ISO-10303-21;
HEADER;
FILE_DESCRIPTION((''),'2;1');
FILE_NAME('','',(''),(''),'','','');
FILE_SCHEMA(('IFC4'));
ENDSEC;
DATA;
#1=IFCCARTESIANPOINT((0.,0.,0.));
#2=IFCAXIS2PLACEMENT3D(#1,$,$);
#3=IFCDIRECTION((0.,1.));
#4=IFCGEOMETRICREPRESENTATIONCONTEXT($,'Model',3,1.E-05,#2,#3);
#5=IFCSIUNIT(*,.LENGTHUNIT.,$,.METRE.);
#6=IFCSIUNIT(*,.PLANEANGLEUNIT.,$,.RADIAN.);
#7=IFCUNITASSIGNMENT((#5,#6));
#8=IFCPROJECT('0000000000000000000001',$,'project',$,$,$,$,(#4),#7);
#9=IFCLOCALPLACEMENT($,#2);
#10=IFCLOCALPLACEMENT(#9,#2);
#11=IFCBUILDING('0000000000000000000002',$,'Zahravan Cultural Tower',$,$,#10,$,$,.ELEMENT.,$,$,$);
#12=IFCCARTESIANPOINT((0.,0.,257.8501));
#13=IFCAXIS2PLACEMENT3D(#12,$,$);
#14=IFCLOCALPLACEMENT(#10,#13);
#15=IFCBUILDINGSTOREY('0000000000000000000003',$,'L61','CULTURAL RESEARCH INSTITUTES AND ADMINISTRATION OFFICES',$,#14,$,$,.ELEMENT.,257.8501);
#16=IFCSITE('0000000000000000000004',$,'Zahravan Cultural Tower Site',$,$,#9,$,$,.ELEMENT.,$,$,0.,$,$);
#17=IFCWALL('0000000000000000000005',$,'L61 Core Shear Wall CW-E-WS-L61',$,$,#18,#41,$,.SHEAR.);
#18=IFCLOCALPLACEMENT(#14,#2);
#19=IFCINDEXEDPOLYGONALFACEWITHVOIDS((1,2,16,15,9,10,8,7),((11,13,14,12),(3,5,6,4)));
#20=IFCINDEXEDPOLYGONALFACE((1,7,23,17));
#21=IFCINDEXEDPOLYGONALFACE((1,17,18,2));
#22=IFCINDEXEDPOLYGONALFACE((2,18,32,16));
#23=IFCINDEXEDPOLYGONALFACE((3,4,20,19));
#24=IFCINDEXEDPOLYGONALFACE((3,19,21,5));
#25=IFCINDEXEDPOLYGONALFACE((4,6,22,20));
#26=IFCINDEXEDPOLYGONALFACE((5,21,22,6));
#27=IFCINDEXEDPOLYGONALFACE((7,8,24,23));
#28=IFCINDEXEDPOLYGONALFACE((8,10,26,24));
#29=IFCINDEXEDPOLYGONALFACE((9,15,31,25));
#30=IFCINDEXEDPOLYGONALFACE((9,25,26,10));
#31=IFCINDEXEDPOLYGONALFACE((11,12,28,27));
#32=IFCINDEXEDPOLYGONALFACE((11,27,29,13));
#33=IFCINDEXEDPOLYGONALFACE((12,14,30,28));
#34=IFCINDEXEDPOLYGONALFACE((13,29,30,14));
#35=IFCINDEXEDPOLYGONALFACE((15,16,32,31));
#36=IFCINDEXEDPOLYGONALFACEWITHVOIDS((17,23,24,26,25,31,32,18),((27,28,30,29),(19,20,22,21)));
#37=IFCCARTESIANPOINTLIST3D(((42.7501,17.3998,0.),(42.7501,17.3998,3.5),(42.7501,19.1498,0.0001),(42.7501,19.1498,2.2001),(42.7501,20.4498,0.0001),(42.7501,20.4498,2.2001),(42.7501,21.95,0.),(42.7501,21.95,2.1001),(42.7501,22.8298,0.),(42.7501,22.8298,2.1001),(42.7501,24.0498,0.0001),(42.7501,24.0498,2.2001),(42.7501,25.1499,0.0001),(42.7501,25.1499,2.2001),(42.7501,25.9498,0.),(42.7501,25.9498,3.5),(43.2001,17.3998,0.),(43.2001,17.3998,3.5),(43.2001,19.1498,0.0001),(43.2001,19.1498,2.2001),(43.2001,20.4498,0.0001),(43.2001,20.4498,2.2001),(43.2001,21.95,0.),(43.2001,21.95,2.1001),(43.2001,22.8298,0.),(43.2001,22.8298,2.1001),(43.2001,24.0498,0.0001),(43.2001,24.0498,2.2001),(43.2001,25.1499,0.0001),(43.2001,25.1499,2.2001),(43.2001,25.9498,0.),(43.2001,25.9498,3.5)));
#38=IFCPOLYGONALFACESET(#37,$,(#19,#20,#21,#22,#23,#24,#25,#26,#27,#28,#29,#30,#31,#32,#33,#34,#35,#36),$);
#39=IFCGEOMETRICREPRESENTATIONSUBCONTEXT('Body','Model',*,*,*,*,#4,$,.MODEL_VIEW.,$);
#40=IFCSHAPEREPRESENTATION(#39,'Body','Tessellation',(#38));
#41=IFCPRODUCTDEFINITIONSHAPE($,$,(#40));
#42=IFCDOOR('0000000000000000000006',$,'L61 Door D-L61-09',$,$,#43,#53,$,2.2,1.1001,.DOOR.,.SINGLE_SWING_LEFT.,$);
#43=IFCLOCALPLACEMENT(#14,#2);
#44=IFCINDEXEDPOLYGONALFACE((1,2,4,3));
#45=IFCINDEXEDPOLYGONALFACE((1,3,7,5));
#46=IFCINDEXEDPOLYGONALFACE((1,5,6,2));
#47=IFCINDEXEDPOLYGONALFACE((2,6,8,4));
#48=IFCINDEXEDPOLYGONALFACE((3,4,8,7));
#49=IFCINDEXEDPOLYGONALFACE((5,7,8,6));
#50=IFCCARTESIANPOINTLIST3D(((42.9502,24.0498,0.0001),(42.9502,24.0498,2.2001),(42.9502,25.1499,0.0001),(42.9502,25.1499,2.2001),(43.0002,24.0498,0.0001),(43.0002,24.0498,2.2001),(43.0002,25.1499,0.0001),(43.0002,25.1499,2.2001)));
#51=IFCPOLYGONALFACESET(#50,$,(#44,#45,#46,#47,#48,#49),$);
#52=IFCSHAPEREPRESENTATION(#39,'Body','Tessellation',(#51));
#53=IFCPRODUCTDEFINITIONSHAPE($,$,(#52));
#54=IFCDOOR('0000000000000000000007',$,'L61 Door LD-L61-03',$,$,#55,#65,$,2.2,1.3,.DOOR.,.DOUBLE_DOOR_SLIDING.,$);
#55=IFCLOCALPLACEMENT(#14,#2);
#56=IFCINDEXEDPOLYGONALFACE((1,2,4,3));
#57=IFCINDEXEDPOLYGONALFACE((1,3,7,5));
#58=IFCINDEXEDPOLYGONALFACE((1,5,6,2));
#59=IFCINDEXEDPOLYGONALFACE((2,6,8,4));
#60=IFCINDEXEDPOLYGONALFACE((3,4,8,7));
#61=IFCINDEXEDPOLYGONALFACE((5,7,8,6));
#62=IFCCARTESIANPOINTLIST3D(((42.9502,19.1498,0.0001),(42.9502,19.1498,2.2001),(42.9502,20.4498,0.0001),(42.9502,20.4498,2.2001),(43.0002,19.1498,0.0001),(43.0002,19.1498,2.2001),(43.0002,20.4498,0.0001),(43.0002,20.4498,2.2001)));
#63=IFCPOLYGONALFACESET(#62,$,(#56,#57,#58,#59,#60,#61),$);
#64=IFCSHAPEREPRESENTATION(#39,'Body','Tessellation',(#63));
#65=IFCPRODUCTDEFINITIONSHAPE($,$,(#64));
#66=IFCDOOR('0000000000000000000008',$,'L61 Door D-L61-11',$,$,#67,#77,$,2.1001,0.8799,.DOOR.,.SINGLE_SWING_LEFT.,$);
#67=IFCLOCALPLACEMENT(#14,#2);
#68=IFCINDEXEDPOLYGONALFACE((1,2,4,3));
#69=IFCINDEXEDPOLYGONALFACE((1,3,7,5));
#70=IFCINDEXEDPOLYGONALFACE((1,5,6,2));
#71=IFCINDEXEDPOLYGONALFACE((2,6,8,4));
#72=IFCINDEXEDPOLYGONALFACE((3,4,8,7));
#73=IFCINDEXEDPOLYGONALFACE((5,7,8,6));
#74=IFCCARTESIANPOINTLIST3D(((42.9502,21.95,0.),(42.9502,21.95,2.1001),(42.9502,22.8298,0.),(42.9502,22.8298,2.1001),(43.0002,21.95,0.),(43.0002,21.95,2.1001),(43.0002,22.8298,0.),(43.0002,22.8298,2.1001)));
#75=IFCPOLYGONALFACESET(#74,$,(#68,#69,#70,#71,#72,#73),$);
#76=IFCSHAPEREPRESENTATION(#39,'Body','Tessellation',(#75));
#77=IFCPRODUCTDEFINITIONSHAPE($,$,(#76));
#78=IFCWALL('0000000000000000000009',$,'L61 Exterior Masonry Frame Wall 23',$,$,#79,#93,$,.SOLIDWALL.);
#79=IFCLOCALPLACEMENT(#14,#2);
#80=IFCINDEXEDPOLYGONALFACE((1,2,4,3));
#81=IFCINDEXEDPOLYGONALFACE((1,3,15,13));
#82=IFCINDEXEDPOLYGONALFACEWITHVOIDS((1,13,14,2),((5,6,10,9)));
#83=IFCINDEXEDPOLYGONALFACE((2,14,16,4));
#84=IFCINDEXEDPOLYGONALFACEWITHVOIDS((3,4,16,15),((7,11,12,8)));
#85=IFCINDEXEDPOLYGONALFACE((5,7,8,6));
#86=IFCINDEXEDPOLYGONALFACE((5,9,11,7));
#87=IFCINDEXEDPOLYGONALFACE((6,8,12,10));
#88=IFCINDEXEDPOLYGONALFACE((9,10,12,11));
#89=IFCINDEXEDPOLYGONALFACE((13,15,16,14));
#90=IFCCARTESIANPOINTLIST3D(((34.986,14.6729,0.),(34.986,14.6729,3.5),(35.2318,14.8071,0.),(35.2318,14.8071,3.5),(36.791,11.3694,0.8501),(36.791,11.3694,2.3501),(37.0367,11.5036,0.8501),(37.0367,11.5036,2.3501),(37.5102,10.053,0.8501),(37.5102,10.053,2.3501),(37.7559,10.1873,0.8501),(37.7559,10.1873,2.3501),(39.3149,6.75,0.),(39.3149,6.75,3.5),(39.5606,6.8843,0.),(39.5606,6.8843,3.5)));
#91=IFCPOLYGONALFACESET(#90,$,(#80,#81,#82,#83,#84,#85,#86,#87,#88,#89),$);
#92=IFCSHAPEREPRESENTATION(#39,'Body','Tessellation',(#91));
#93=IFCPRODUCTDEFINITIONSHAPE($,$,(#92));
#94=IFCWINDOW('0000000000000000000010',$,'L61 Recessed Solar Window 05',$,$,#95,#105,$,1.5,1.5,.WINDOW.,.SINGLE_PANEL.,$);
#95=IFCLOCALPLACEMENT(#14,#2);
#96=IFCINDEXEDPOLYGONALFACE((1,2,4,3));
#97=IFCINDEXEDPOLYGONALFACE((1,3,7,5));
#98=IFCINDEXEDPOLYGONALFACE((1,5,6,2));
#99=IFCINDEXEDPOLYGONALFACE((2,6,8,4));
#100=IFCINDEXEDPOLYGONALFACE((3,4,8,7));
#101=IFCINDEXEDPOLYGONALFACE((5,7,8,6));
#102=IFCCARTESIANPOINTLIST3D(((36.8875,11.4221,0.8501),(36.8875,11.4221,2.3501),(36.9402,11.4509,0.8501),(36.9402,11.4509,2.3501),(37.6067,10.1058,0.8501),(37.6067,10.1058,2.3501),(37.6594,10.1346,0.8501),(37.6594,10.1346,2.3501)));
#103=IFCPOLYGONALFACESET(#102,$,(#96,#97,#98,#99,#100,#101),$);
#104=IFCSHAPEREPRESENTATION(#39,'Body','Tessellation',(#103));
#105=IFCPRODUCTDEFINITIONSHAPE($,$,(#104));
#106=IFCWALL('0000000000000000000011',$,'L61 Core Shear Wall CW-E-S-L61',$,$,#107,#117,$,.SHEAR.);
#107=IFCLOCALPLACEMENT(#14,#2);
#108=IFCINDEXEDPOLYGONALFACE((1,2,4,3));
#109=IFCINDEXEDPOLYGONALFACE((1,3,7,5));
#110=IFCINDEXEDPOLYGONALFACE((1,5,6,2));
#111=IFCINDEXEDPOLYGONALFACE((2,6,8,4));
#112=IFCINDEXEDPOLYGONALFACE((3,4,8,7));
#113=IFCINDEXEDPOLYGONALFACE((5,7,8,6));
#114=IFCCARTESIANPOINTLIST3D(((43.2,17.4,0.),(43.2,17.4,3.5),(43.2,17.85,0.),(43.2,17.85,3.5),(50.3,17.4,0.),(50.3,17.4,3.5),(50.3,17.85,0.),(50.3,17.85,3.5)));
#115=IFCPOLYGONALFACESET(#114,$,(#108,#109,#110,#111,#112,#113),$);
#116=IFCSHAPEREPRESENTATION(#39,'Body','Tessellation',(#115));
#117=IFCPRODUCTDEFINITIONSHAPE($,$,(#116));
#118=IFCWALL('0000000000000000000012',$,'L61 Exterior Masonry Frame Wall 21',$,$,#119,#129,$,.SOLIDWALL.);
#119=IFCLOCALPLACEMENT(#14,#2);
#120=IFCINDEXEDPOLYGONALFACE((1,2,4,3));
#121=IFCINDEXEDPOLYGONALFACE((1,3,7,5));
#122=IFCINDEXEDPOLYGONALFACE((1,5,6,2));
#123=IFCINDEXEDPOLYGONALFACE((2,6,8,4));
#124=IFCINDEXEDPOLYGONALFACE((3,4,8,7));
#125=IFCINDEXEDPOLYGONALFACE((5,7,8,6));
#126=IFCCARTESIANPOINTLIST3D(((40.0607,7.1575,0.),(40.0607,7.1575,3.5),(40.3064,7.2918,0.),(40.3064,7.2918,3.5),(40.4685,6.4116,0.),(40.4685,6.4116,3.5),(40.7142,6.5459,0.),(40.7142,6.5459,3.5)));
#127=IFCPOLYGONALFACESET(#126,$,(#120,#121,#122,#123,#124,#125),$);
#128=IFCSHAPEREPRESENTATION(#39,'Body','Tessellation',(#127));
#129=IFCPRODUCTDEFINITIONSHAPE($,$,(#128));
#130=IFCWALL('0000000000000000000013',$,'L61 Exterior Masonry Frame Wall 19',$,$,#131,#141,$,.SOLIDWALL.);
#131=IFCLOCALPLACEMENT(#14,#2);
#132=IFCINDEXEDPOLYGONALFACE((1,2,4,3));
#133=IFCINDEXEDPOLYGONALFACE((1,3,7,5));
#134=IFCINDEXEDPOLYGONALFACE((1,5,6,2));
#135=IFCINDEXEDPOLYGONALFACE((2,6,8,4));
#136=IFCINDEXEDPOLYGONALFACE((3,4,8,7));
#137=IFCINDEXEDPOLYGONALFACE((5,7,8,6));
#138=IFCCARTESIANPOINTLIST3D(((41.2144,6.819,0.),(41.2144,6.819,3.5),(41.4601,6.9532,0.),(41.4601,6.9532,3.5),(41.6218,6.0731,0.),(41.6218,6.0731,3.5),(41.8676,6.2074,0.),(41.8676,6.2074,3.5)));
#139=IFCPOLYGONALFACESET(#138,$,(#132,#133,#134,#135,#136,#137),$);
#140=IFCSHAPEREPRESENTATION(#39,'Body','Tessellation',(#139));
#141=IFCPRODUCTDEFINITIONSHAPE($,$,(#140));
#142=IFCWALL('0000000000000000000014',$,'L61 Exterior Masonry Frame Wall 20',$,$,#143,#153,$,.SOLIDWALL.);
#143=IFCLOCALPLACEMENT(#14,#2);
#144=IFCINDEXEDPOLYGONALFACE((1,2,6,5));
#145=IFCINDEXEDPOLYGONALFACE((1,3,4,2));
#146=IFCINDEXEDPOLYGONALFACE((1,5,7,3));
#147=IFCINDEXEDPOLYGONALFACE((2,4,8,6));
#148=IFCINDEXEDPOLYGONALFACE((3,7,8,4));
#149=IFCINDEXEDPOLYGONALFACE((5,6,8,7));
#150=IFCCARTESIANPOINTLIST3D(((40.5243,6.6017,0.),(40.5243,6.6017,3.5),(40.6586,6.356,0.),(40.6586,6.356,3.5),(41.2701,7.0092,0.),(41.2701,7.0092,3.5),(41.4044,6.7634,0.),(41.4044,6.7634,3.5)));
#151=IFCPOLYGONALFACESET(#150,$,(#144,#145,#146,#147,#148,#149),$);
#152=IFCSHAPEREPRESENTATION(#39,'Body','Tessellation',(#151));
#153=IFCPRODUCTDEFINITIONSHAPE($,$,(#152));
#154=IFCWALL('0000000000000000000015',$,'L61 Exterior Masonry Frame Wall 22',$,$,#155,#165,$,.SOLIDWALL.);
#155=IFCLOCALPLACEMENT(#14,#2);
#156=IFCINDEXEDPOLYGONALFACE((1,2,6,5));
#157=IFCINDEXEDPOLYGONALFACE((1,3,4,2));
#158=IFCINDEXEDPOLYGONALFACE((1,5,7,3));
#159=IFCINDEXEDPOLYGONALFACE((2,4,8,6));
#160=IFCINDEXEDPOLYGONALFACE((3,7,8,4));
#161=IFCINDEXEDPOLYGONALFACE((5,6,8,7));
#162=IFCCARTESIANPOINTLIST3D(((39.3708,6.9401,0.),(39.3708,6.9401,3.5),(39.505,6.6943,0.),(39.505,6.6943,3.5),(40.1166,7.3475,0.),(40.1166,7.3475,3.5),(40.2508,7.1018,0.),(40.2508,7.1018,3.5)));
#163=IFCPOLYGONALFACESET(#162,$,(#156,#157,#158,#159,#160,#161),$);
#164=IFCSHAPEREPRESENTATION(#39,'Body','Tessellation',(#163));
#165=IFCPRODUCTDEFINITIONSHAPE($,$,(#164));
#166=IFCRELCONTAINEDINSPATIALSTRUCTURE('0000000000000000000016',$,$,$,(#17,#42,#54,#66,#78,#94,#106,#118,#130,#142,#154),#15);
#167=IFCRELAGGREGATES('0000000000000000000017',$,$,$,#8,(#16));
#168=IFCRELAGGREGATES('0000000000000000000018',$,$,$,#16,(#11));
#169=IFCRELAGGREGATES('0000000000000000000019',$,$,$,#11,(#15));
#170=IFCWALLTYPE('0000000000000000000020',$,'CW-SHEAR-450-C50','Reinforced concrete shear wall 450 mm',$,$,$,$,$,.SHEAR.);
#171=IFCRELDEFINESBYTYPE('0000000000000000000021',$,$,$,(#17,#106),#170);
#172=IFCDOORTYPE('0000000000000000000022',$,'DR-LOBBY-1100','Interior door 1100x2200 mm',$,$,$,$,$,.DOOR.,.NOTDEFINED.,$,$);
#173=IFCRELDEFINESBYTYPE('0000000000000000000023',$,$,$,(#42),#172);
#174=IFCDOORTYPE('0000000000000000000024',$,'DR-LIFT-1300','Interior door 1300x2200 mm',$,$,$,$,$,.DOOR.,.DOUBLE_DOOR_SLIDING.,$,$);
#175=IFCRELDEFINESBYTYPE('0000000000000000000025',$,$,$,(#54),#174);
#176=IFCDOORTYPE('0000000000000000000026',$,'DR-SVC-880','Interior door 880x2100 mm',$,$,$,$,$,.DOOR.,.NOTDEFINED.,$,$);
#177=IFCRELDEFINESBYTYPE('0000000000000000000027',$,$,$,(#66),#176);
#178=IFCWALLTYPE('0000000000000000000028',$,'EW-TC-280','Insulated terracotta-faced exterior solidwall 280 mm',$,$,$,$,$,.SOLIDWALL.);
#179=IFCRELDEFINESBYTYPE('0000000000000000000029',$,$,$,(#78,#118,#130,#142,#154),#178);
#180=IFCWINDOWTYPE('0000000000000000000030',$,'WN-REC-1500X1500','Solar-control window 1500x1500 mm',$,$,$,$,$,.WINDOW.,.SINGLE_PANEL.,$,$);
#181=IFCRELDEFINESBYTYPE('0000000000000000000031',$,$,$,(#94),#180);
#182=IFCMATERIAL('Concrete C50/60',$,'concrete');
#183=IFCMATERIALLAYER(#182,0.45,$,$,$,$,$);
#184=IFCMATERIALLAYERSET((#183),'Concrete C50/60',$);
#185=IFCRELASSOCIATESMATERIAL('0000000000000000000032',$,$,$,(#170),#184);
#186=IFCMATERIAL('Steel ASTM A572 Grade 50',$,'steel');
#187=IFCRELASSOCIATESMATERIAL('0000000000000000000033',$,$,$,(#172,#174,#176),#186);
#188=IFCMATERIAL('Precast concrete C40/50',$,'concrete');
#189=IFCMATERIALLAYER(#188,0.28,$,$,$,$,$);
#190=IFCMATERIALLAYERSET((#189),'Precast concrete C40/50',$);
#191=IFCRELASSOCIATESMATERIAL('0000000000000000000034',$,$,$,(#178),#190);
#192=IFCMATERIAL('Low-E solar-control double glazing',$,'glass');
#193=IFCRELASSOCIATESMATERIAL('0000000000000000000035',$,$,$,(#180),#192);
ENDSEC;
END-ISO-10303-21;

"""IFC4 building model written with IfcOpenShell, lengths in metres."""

from ifc_helpers import new_model, si_unit, direction, frame, frame_2d, origin, place, context, subcontext, project, spatial, rectangle, extrude, source, transform, mapped, material, layer, layer_set, type_object, element, fill, save


model = new_model("IFC4")

# Units and contexts
model_context = context("Model", 3, precision=1e-05, world=origin(), true_north=direction((0.0, 1.0)))
body_context = subcontext(model_context, "Body", "Model", "MODEL_VIEW")
ifc_project = project(units=[si_unit("LENGTHUNIT", "METRE"), si_unit("PLANEANGLEUNIT", "RADIAN")], contexts=[model_context])

# Site, building, storey
site_placement = place(None, origin())
site = spatial("IfcSite", under=ifc_project, at=site_placement, Name="Zahravan Cultural Tower Site", CompositionType="ELEMENT", RefElevation=0.0)
building_placement = place(site_placement, origin())
building = spatial("IfcBuilding", under=site, at=building_placement, Name="Zahravan Cultural Tower", CompositionType="ELEMENT")
storey_placement = place(building_placement, frame((0.0, 0.0, 257.8501)))
storey = spatial("IfcBuildingStorey", under=building, at=storey_placement, Name="L61", Description="CULTURAL RESEARCH INSTITUTES AND ADMINISTRATION OFFICES", CompositionType="ELEMENT", Elevation=257.8501)

# Shared definitions
ifc_material_1 = material(Name="Concrete C50/60", Category="concrete")

# Wall, openings, doors
ifc_layer_1 = layer(ifc_material_1, 0.45)
ifc_layer_set_1 = layer_set([ifc_layer_1], Name="Concrete C50/60")
wall_type_1 = type_object("IfcWallType", Name="CW-SHEAR-450-C50", Description="Reinforced concrete shear wall 450 mm", PredefinedType="SHEAR", material=ifc_layer_set_1)
wall_1_placement = place(storey_placement, frame((42.9751, 17.3999, 0.0), z_axis=(0.0, 0.0, 1.0), x_axis=(0.0, 1.0, 0.0)))
wall_1 = element("IfcWall", 1, at=wall_1_placement, inside=storey, type_object=wall_type_1, Name="L61 Core Shear Wall CW-E-WS-L61", PredefinedType="SHEAR", context=body_context, shape_type="SweptSolid", body=[
    extrude(rectangle(XDim=8.55, YDim=0.45, at=frame_2d((4.2749, 0.0))), origin(), (0.0, 0.0, 1.0), 3.5),
])
opening_1_placement = place(wall_1_placement, frame((6.6499, 0.0, 0.0)))
opening_1 = element("IfcOpeningElement", 2, at=opening_1_placement, cuts=wall_1, PredefinedType="OPENING", context=body_context, shape_type="SweptSolid", body=[
    extrude(rectangle(XDim=1.1001, YDim=2.2, at=frame_2d((0.55, 1.1001))), frame((0.0, 0.2349, 0.0), z_axis=(0.0, -1.0, 0.0), x_axis=(1.0, 0.0, 0.0)), (0.0, 0.0, 1.0), 0.47),
])
opening_2_placement = place(wall_1_placement, frame((1.75, 0.0, 0.0)))
opening_2 = element("IfcOpeningElement", 3, at=opening_2_placement, cuts=wall_1, PredefinedType="OPENING", context=body_context, shape_type="SweptSolid", body=[
    extrude(rectangle(XDim=1.3, YDim=2.2, at=frame_2d((0.6499, 1.1001))), frame((0.0, 0.2349, 0.0), z_axis=(0.0, -1.0, 0.0), x_axis=(1.0, 0.0, 0.0)), (0.0, 0.0, 1.0), 0.47),
])
opening_3_placement = place(wall_1_placement, frame((4.55, 0.0, 0.0)))
opening_3 = element("IfcOpeningElement", 4, at=opening_3_placement, cuts=wall_1, PredefinedType="OPENING", context=body_context, shape_type="SweptSolid", body=[
    extrude(rectangle(XDim=0.8799, YDim=2.1001, at=frame_2d((0.4399, 1.05))), frame((0.0, 0.2349, 0.0), z_axis=(0.0, -1.0, 0.0), x_axis=(1.0, 0.0, 0.0)), (0.0, 0.0, 1.0), 0.47),
])
ifc_material_2 = material(Name="Steel ASTM A572 Grade 50", Category="steel")
door_type_1 = type_object("IfcDoorType", Name="DR-LOBBY-1100", Description="Interior door 1100x2200 mm", OperationType="NOTDEFINED", PredefinedType="DOOR", material=ifc_material_2)
shared_shape_1 = source(origin(), body_context, "Body", "SweptSolid", [
    extrude(rectangle(XDim=1.1001, YDim=2.2, at=frame_2d((0.55, 1.1001))), frame((0.0, 0.0249, 0.0), z_axis=(0.0, -1.0, 0.0), x_axis=(1.0, 0.0, 0.0)), (0.0, 0.0, 1.0), 0.05),
])
door_1_placement = place(opening_1_placement, origin())
door_1 = element("IfcDoor", 5, at=door_1_placement, inside=storey, type_object=door_type_1, Name="L61 Door D-L61-09", OperationType="SINGLE_SWING_LEFT", OverallHeight=2.2, OverallWidth=1.1001, PredefinedType="DOOR", context=body_context, shape_type="MappedRepresentation", body=[
    mapped(shared_shape_1, transform((0.0, 0.0, 0.0), x_axis=(1.0, 0.0, 0.0), y_axis=(0.0, 1.0, 0.0), z_axis=(0.0, 0.0, 1.0), scale=1.0)),
])
fill(opening_1, door_1)
door_type_2 = type_object("IfcDoorType", Name="DR-LIFT-1300", Description="Interior door 1300x2200 mm", OperationType="DOUBLE_DOOR_SLIDING", PredefinedType="DOOR", material=ifc_material_2)
shared_shape_2 = source(origin(), body_context, "Body", "SweptSolid", [
    extrude(rectangle(XDim=1.3, YDim=2.2, at=frame_2d((0.6499, 1.1001))), frame((0.0, 0.0249, 0.0), z_axis=(0.0, -1.0, 0.0), x_axis=(1.0, 0.0, 0.0)), (0.0, 0.0, 1.0), 0.05),
])
door_2_placement = place(opening_2_placement, origin())
door_2 = element("IfcDoor", 6, at=door_2_placement, inside=storey, type_object=door_type_2, Name="L61 Door LD-L61-03", OperationType="DOUBLE_DOOR_SLIDING", OverallHeight=2.2, OverallWidth=1.3, PredefinedType="DOOR", context=body_context, shape_type="MappedRepresentation", body=[
    mapped(shared_shape_2, transform((0.0, 0.0, 0.0), x_axis=(1.0, 0.0, 0.0), y_axis=(0.0, 1.0, 0.0), z_axis=(0.0, 0.0, 1.0), scale=1.0)),
])
fill(opening_2, door_2)
door_type_3 = type_object("IfcDoorType", Name="DR-SVC-880", Description="Interior door 880x2100 mm", OperationType="NOTDEFINED", PredefinedType="DOOR", material=ifc_material_2)
shared_shape_3 = source(origin(), body_context, "Body", "SweptSolid", [
    extrude(rectangle(XDim=0.8799, YDim=2.1001, at=frame_2d((0.4399, 1.05))), frame((0.0, 0.0249, 0.0), z_axis=(0.0, -1.0, 0.0), x_axis=(1.0, 0.0, 0.0)), (0.0, 0.0, 1.0), 0.05),
])
door_3_placement = place(opening_3_placement, origin())
door_3 = element("IfcDoor", 7, at=door_3_placement, inside=storey, type_object=door_type_3, Name="L61 Door D-L61-11", OperationType="SINGLE_SWING_LEFT", OverallHeight=2.1001, OverallWidth=0.8799, PredefinedType="DOOR", context=body_context, shape_type="MappedRepresentation", body=[
    mapped(shared_shape_3, transform((0.0, 0.0, 0.0), x_axis=(1.0, 0.0, 0.0), y_axis=(0.0, 1.0, 0.0), z_axis=(0.0, 0.0, 1.0), scale=1.0)),
])
fill(opening_3, door_3)

# Wall, opening, window
ifc_material_3 = material(Name="Precast concrete C40/50", Category="concrete")
ifc_layer_2 = layer(ifc_material_3, 0.28)
ifc_layer_set_2 = layer_set([ifc_layer_2], Name="Precast concrete C40/50")
wall_type_2 = type_object("IfcWallType", Name="EW-TC-280", Description="Insulated terracotta-faced exterior solidwall 280 mm", PredefinedType="SOLIDWALL", material=ifc_layer_set_2)
wall_2_placement = place(storey_placement, frame((39.4377, 6.8171, 0.0), z_axis=(0.0, 0.0, 1.0), x_axis=(-0.479475, 0.877555, 0.0)))
wall_2 = element("IfcWall", 8, at=wall_2_placement, inside=storey, type_object=wall_type_2, Name="L61 Exterior Masonry Frame Wall 23", PredefinedType="SOLIDWALL", context=body_context, shape_type="SweptSolid", body=[
    extrude(rectangle(XDim=9.0283, YDim=0.28, at=frame_2d((4.5142, 0.0))), origin(), (0.0, 0.0, 1.0), 3.5),
])
opening_4_placement = place(wall_2_placement, frame((3.7639, 0.0, 0.8501)))
opening_4 = element("IfcOpeningElement", 9, at=opening_4_placement, cuts=wall_2, PredefinedType="OPENING", context=body_context, shape_type="SweptSolid", body=[
    extrude(rectangle(XDim=1.5, YDim=1.5, at=frame_2d((0.75, 0.75))), frame((0.0, 0.1499, 0.0), z_axis=(0.0, -1.0, 0.0), x_axis=(1.0, 0.0, 0.0)), (0.0, 0.0, 1.0), 0.3),
])
ifc_material_4 = material(Name="Low-E solar-control double glazing", Category="glass")
window_type = type_object("IfcWindowType", Name="WN-REC-1500X1500", Description="Solar-control window 1500x1500 mm", PartitioningType="SINGLE_PANEL", PredefinedType="WINDOW", material=ifc_material_4)
shared_shape_4 = source(origin(), body_context, "Body", "SweptSolid", [
    extrude(rectangle(XDim=1.5, YDim=1.5, at=frame_2d((0.75, 0.75))), frame((0.0, 0.03, 0.0), z_axis=(0.0, -1.0, 0.0), x_axis=(1.0, 0.0, 0.0)), (0.0, 0.0, 1.0), 0.0601),
])
window_placement = place(opening_4_placement, origin())
window = element("IfcWindow", 10, at=window_placement, inside=storey, type_object=window_type, Name="L61 Recessed Solar Window 05", OverallHeight=1.5, OverallWidth=1.5, PartitioningType="SINGLE_PANEL", PredefinedType="WINDOW", context=body_context, shape_type="MappedRepresentation", body=[
    mapped(shared_shape_4, transform((0.0, 0.0, 0.0), x_axis=(1.0, 0.0, 0.0), y_axis=(0.0, 1.0, 0.0), z_axis=(0.0, 0.0, 1.0), scale=1.0)),
])
fill(opening_4, window)

# Walls
shared_shape_5 = source(origin(), body_context, "Body", "SweptSolid", [
    extrude(rectangle(XDim=7.1001, YDim=0.45, at=frame_2d((3.55, 0.0))), origin(), (0.0, 0.0, 1.0), 3.5),
])
wall_3_placement = place(storey_placement, frame((43.2, 17.625, 0.0), z_axis=(0.0, 0.0, 1.0), x_axis=(1.0, 0.0, 0.0)))
element("IfcWall", 11, at=wall_3_placement, inside=storey, type_object=wall_type_1, Name="L61 Core Shear Wall CW-E-S-L61", PredefinedType="SHEAR", context=body_context, shape_type="MappedRepresentation", body=[
    mapped(shared_shape_5, transform((0.0, 0.0, 0.0), x_axis=(1.0, 0.0, 0.0), y_axis=(0.0, 1.0, 0.0), z_axis=(0.0, 0.0, 1.0), scale=1.0)),
])
shared_shape_6 = source(origin(), body_context, "Body", "SweptSolid", [
    extrude(rectangle(XDim=0.8501, YDim=0.28, at=frame_2d((0.425, 0.0))), origin(), (0.0, 0.0, 1.0), 3.5),
])
wall_4_placement = place(storey_placement, frame((40.5913, 6.4788, 0.0), z_axis=(0.0, 0.0, 1.0), x_axis=(-0.479657, 0.877456, 0.0)))
element("IfcWall", 12, at=wall_4_placement, inside=storey, type_object=wall_type_2, Name="L61 Exterior Masonry Frame Wall 21", PredefinedType="SOLIDWALL", context=body_context, shape_type="MappedRepresentation", body=[
    mapped(shared_shape_6, transform((0.0, 0.0, 0.0), x_axis=(1.0, 0.0, 0.0), y_axis=(0.0, 1.0, 0.0), z_axis=(0.0, 0.0, 1.0), scale=1.0)),
])
shared_shape_7 = source(origin(), body_context, "Body", "SweptSolid", [
    extrude(rectangle(XDim=0.8499, YDim=0.28, at=frame_2d((0.4248, 0.0))), origin(), (0.0, 0.0, 1.0), 3.5),
])
for number, where, z_axis, x_axis, name in (
    (13, (41.7446, 6.1404, 0.0), (0.0, 0.0, 1.0), (-0.479436, 0.877577, 0.0), "L61 Exterior Masonry Frame Wall 19"),
    (14, (41.3372, 6.8862, 0.0), (0.0, 0.0, 1.0), (-0.877577, -0.479436, 0.0), "L61 Exterior Masonry Frame Wall 20"),
    (15, (40.1836, 7.2246, 0.0), (0.0, 0.0, 1.0), (-0.877577, -0.479436, 0.0), "L61 Exterior Masonry Frame Wall 22"),
):
    element("IfcWall", number, at=place(storey_placement, frame(where, z_axis=z_axis, x_axis=x_axis)), inside=storey, type_object=wall_type_2, Name=name, PredefinedType="SOLIDWALL", context=body_context, shape_type="MappedRepresentation", body=[
        mapped(shared_shape_7, transform((0.0, 0.0, 0.0), x_axis=(1.0, 0.0, 0.0), y_axis=(0.0, 1.0, 0.0), z_axis=(0.0, 0.0, 1.0), scale=1.0)),
    ])

save(model, "model.ifc")
